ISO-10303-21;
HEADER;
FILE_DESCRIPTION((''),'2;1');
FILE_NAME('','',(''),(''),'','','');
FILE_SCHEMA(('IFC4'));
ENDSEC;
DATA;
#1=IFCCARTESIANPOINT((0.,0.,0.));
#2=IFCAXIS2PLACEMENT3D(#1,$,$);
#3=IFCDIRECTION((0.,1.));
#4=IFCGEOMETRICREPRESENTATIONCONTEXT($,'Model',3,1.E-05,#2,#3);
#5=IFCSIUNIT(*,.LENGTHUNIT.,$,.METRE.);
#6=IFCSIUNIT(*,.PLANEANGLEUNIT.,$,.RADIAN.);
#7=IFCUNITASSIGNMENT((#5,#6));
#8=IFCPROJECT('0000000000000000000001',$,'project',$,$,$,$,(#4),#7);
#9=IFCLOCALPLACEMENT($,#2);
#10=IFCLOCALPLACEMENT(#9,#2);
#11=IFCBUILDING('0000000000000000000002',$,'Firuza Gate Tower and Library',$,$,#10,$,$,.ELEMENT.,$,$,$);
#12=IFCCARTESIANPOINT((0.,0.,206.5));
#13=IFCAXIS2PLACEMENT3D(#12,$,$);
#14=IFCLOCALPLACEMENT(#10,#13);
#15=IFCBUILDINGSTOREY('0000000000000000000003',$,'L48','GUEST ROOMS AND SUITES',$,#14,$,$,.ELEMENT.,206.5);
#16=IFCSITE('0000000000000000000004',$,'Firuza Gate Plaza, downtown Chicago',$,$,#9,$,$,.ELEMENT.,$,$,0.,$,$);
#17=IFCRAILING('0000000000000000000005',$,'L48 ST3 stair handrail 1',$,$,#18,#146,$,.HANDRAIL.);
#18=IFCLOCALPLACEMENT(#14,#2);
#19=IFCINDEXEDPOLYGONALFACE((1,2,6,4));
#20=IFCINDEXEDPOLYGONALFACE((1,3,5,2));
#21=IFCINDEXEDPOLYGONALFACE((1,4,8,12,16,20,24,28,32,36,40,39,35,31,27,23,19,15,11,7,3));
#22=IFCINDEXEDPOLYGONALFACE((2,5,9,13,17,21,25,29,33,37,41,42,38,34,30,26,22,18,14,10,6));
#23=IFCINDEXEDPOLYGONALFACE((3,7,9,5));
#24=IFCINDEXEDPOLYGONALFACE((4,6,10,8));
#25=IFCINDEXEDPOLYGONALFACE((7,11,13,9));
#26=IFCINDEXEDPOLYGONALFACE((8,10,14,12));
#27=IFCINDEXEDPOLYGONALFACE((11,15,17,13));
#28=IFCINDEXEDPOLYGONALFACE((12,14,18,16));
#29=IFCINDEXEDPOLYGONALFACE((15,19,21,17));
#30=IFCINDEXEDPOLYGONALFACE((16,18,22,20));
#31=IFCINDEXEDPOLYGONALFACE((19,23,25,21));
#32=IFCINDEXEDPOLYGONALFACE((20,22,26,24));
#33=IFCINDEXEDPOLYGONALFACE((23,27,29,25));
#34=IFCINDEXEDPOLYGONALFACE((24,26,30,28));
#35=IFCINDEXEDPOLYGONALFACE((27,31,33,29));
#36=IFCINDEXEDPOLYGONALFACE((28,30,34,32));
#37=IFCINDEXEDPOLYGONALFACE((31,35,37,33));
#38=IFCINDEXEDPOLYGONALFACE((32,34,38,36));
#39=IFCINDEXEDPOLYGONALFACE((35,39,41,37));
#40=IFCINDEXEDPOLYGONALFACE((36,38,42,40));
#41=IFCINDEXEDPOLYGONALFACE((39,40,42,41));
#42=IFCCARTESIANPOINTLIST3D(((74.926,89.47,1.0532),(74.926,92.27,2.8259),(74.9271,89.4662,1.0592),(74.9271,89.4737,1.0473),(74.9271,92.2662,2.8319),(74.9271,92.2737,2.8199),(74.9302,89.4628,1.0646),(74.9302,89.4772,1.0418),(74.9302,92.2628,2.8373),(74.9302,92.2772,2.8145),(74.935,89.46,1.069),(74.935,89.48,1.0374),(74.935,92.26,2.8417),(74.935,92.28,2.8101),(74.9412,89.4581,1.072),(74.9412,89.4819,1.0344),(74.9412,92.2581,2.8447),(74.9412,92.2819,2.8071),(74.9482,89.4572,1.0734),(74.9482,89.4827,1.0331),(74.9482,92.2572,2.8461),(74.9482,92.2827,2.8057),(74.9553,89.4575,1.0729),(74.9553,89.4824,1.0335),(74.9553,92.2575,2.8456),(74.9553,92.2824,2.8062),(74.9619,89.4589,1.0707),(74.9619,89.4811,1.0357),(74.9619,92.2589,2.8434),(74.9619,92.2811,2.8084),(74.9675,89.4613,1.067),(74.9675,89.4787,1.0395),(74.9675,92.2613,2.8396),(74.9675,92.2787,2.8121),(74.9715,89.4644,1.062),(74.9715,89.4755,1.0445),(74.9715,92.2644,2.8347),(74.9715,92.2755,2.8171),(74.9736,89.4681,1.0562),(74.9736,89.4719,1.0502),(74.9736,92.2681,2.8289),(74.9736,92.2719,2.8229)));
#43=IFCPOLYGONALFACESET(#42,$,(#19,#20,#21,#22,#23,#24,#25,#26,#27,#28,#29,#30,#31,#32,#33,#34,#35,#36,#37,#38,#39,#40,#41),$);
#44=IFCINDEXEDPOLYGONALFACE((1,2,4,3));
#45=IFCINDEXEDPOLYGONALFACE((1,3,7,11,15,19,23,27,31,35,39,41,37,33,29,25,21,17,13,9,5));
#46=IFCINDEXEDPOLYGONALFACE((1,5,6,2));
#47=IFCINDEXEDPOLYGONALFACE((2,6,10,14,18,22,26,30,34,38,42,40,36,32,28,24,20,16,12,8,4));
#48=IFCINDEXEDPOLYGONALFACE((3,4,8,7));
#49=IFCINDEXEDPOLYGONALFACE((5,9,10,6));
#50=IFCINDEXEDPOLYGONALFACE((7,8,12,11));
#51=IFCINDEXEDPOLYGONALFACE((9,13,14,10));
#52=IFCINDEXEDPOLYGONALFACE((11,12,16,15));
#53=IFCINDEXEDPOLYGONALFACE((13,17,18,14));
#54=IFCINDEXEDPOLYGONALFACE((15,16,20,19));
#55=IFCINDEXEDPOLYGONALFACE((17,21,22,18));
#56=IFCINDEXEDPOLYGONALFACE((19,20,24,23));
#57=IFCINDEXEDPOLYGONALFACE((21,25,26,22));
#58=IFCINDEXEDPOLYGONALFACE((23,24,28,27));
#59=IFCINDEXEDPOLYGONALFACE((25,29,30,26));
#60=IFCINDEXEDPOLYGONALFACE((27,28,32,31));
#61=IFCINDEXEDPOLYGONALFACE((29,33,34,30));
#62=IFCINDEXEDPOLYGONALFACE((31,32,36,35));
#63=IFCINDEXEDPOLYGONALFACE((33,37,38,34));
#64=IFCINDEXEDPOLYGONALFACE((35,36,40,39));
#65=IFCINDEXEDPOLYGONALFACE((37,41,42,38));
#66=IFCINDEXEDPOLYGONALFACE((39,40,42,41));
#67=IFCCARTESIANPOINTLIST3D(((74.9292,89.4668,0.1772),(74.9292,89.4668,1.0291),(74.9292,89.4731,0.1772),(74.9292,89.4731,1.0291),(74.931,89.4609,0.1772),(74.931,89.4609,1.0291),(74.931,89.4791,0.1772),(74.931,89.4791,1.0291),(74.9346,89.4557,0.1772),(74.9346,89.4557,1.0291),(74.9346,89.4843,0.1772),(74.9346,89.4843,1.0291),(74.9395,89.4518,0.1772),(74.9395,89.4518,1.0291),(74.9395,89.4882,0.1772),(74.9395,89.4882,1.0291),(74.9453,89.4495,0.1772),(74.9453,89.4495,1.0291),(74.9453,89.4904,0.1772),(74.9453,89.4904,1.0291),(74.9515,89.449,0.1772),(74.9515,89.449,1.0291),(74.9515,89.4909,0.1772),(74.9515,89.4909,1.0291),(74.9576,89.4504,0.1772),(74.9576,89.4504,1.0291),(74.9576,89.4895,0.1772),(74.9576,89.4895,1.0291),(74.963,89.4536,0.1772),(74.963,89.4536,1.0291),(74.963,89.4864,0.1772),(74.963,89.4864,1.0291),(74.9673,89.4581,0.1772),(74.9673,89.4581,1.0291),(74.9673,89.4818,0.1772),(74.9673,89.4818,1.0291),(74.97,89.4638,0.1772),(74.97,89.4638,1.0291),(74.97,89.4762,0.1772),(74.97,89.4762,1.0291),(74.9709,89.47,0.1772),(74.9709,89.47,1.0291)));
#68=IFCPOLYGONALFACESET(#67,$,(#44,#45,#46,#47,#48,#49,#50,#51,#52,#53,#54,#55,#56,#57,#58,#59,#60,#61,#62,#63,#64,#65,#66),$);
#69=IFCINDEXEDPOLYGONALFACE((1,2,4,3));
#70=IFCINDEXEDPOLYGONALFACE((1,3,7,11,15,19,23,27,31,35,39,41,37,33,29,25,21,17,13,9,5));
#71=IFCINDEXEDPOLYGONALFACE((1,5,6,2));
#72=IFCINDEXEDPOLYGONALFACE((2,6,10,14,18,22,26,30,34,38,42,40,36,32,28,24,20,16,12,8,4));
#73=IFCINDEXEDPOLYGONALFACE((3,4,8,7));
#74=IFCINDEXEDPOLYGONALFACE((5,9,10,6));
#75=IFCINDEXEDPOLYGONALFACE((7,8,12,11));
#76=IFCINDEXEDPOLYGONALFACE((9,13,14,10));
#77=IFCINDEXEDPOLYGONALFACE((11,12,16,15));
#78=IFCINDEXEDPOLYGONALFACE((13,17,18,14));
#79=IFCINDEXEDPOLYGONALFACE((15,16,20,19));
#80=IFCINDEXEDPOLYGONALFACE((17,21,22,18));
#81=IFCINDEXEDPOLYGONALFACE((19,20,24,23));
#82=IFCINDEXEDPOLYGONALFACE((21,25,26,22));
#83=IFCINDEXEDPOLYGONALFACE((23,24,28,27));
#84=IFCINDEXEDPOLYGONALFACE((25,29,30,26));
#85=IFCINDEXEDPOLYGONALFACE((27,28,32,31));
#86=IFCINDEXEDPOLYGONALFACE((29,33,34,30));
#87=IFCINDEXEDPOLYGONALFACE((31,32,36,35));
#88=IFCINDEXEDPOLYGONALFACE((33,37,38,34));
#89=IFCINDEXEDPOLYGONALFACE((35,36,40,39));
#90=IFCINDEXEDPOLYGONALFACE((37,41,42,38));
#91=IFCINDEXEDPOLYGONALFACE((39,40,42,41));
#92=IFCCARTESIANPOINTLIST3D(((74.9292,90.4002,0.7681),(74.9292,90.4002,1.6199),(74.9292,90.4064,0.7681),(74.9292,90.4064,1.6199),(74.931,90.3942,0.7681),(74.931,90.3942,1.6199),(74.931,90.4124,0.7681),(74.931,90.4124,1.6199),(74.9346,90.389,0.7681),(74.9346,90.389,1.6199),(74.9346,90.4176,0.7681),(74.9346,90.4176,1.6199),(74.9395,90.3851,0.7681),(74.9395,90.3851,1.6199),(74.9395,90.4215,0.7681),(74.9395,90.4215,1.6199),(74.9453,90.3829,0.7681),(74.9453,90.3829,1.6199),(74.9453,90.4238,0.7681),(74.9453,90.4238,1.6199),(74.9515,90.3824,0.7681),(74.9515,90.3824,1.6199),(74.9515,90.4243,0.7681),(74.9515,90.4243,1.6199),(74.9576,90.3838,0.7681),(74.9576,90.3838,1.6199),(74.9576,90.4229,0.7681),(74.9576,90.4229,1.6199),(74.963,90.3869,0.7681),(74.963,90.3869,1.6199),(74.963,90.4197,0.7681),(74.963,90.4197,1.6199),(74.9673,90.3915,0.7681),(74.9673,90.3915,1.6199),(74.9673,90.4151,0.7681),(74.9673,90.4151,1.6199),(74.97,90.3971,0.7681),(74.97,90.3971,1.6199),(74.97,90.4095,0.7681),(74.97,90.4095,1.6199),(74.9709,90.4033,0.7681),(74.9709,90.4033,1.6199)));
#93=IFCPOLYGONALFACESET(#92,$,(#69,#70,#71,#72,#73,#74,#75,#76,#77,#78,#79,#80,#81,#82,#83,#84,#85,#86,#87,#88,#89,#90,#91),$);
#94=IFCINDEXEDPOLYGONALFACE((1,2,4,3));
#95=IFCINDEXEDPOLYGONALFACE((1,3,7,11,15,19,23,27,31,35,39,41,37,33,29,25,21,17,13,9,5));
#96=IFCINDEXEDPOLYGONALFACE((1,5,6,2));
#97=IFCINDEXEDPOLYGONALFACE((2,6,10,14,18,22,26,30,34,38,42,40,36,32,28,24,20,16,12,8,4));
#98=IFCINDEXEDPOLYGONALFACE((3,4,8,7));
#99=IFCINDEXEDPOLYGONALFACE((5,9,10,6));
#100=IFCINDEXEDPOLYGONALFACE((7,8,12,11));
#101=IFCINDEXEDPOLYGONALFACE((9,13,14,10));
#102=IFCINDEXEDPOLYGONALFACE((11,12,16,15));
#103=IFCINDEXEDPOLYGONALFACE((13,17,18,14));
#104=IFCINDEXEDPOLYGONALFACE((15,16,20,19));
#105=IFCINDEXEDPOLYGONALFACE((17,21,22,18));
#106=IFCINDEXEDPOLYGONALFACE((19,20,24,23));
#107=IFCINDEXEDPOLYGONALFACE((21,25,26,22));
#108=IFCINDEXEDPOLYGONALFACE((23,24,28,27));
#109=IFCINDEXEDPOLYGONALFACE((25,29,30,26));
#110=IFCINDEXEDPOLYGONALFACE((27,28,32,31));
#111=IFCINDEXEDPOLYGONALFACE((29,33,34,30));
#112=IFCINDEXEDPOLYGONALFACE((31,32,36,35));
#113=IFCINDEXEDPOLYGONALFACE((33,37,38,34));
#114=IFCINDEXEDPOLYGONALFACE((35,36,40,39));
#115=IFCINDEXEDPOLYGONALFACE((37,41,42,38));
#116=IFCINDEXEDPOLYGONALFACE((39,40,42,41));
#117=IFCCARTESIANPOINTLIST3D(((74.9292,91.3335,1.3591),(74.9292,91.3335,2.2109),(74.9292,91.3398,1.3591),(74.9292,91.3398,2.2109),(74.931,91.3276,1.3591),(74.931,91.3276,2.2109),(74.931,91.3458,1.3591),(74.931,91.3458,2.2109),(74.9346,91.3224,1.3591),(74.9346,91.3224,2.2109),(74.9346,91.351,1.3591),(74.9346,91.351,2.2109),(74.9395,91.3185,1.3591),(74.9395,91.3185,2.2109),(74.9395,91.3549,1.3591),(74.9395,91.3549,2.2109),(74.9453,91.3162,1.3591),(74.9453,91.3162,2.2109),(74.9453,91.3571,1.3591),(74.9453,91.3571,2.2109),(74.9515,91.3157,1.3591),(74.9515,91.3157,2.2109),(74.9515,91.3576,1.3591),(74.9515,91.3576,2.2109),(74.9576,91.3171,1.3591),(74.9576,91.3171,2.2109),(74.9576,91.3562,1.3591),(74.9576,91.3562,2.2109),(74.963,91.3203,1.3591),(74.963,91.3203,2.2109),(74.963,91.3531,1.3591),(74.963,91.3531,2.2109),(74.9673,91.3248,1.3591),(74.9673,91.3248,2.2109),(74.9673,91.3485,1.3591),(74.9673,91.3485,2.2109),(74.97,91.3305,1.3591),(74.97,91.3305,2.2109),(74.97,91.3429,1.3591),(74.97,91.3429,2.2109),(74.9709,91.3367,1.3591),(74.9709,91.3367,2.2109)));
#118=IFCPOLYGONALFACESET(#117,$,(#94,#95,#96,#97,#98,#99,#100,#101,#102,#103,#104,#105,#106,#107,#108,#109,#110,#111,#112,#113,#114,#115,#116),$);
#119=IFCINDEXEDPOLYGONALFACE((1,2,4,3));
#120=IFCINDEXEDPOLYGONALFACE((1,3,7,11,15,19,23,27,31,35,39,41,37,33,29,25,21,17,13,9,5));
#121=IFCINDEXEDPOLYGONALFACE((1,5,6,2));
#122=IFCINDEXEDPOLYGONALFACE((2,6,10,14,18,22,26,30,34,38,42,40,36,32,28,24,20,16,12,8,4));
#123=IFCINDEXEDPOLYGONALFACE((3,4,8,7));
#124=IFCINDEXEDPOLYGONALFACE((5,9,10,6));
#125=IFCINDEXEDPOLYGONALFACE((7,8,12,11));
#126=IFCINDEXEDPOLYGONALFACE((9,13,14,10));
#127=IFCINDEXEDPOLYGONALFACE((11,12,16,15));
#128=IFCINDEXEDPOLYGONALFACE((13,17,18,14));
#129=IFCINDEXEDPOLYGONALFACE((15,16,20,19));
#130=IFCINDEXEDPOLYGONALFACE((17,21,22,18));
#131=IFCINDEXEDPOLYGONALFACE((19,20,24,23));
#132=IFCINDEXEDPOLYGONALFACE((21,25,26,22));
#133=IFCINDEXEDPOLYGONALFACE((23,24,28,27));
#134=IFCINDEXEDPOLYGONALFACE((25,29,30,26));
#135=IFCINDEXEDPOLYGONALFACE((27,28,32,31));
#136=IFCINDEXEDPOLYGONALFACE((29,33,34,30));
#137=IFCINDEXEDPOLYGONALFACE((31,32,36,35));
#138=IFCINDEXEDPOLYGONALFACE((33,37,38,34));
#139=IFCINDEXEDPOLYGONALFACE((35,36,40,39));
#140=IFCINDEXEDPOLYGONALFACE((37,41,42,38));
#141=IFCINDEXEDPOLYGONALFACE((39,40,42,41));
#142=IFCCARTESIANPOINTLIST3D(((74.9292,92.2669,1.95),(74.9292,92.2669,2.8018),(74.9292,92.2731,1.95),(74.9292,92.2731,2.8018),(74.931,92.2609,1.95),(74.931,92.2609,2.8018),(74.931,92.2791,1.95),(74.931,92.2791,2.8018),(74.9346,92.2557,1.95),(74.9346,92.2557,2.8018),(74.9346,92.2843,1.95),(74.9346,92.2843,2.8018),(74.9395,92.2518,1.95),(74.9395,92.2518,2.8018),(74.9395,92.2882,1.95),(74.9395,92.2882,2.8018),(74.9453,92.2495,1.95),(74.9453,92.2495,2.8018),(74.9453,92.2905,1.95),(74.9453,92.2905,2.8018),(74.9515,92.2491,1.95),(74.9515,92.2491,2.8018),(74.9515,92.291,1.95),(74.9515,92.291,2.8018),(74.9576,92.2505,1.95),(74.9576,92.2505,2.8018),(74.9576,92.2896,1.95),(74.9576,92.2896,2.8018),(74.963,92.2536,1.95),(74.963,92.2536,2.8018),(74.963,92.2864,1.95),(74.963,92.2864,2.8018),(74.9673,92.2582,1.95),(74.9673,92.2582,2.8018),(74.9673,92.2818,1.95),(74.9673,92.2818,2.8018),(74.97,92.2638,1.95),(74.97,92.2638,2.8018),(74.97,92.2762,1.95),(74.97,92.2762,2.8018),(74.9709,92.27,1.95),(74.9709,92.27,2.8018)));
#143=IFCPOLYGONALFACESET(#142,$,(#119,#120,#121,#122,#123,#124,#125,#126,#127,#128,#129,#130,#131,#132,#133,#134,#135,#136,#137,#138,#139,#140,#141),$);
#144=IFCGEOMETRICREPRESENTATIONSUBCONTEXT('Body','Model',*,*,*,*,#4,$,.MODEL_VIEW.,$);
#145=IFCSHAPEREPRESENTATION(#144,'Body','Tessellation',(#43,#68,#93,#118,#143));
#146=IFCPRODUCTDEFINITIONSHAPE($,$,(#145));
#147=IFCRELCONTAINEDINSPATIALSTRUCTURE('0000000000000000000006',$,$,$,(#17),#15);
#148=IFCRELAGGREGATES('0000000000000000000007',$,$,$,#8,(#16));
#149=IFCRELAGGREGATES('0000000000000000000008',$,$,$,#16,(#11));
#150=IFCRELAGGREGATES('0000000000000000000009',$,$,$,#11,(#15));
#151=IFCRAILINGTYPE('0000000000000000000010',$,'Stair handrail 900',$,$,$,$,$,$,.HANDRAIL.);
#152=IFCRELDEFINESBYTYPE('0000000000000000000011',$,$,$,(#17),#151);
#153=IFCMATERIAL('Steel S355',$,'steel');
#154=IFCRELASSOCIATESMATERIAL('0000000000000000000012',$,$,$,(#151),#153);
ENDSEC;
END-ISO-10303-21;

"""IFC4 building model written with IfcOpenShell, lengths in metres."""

from ifc_helpers import new_model, si_unit, direction, frame, origin, origin_2d, place, context, subcontext, project, spatial, circle, extrude, material, type_object, element, save


model = new_model("IFC4")

# Units and contexts
model_context = context("Model", 3, precision=1e-05, world=origin(), true_north=direction((0.0, 1.0)))
body_context = subcontext(model_context, "Body", "Model", "MODEL_VIEW")
ifc_project = project(units=[si_unit("LENGTHUNIT", "METRE"), si_unit("PLANEANGLEUNIT", "RADIAN")], contexts=[model_context])

# Site, building, storey
site_placement = place(None, origin())
site = spatial("IfcSite", under=ifc_project, at=site_placement, Name="Firuza Gate Plaza, downtown Chicago", CompositionType="ELEMENT", RefElevation=0.0)
building_placement = place(site_placement, origin())
building = spatial("IfcBuilding", under=site, at=building_placement, Name="Firuza Gate Tower and Library", CompositionType="ELEMENT")
storey_placement = place(building_placement, frame((0.0, 0.0, 206.5)))
storey = spatial("IfcBuildingStorey", under=building, at=storey_placement, Name="L48", Description="GUEST ROOMS AND SUITES", CompositionType="ELEMENT", Elevation=206.5)

# Railing
ifc_material_1 = material(Name="Steel S355", Category="steel")
railing_type = type_object("IfcRailingType", Name="Stair handrail 900", PredefinedType="HANDRAIL", material=ifc_material_1)
railing_placement = place(storey_placement, frame((74.95, 89.47, 0.1772)))
element("IfcRailing", 1, at=railing_placement, inside=storey, type_object=railing_type, Name="L48 ST3 stair handrail 1", PredefinedType="HANDRAIL", context=body_context, shape_type="SweptSolid", body=[
    extrude(circle(Radius=0.0239, at=origin_2d()), frame((0.0, 0.0, 0.876), z_axis=(0.0, 0.844909, 0.53491), x_axis=(-1.0, 0.0, 0.0)), (0.0, 0.0, 1.0), 3.314),
    extrude(circle(Radius=0.021, at=origin_2d()), origin(), (0.0, 0.0, 1.0), 0.8518),
    extrude(circle(Radius=0.021, at=origin_2d()), frame((0.0, 0.9333, 0.5908)), (0.0, 0.0, 1.0), 0.8518),
    extrude(circle(Radius=0.021, at=origin_2d()), frame((0.0, 1.8667, 1.1819)), (0.0, 0.0, 1.0), 0.8518),
    extrude(circle(Radius=0.021, at=origin_2d()), frame((0.0, 2.8, 1.7727)), (0.0, 0.0, 1.0), 0.8518),
])

save(model, "model.ifc")
